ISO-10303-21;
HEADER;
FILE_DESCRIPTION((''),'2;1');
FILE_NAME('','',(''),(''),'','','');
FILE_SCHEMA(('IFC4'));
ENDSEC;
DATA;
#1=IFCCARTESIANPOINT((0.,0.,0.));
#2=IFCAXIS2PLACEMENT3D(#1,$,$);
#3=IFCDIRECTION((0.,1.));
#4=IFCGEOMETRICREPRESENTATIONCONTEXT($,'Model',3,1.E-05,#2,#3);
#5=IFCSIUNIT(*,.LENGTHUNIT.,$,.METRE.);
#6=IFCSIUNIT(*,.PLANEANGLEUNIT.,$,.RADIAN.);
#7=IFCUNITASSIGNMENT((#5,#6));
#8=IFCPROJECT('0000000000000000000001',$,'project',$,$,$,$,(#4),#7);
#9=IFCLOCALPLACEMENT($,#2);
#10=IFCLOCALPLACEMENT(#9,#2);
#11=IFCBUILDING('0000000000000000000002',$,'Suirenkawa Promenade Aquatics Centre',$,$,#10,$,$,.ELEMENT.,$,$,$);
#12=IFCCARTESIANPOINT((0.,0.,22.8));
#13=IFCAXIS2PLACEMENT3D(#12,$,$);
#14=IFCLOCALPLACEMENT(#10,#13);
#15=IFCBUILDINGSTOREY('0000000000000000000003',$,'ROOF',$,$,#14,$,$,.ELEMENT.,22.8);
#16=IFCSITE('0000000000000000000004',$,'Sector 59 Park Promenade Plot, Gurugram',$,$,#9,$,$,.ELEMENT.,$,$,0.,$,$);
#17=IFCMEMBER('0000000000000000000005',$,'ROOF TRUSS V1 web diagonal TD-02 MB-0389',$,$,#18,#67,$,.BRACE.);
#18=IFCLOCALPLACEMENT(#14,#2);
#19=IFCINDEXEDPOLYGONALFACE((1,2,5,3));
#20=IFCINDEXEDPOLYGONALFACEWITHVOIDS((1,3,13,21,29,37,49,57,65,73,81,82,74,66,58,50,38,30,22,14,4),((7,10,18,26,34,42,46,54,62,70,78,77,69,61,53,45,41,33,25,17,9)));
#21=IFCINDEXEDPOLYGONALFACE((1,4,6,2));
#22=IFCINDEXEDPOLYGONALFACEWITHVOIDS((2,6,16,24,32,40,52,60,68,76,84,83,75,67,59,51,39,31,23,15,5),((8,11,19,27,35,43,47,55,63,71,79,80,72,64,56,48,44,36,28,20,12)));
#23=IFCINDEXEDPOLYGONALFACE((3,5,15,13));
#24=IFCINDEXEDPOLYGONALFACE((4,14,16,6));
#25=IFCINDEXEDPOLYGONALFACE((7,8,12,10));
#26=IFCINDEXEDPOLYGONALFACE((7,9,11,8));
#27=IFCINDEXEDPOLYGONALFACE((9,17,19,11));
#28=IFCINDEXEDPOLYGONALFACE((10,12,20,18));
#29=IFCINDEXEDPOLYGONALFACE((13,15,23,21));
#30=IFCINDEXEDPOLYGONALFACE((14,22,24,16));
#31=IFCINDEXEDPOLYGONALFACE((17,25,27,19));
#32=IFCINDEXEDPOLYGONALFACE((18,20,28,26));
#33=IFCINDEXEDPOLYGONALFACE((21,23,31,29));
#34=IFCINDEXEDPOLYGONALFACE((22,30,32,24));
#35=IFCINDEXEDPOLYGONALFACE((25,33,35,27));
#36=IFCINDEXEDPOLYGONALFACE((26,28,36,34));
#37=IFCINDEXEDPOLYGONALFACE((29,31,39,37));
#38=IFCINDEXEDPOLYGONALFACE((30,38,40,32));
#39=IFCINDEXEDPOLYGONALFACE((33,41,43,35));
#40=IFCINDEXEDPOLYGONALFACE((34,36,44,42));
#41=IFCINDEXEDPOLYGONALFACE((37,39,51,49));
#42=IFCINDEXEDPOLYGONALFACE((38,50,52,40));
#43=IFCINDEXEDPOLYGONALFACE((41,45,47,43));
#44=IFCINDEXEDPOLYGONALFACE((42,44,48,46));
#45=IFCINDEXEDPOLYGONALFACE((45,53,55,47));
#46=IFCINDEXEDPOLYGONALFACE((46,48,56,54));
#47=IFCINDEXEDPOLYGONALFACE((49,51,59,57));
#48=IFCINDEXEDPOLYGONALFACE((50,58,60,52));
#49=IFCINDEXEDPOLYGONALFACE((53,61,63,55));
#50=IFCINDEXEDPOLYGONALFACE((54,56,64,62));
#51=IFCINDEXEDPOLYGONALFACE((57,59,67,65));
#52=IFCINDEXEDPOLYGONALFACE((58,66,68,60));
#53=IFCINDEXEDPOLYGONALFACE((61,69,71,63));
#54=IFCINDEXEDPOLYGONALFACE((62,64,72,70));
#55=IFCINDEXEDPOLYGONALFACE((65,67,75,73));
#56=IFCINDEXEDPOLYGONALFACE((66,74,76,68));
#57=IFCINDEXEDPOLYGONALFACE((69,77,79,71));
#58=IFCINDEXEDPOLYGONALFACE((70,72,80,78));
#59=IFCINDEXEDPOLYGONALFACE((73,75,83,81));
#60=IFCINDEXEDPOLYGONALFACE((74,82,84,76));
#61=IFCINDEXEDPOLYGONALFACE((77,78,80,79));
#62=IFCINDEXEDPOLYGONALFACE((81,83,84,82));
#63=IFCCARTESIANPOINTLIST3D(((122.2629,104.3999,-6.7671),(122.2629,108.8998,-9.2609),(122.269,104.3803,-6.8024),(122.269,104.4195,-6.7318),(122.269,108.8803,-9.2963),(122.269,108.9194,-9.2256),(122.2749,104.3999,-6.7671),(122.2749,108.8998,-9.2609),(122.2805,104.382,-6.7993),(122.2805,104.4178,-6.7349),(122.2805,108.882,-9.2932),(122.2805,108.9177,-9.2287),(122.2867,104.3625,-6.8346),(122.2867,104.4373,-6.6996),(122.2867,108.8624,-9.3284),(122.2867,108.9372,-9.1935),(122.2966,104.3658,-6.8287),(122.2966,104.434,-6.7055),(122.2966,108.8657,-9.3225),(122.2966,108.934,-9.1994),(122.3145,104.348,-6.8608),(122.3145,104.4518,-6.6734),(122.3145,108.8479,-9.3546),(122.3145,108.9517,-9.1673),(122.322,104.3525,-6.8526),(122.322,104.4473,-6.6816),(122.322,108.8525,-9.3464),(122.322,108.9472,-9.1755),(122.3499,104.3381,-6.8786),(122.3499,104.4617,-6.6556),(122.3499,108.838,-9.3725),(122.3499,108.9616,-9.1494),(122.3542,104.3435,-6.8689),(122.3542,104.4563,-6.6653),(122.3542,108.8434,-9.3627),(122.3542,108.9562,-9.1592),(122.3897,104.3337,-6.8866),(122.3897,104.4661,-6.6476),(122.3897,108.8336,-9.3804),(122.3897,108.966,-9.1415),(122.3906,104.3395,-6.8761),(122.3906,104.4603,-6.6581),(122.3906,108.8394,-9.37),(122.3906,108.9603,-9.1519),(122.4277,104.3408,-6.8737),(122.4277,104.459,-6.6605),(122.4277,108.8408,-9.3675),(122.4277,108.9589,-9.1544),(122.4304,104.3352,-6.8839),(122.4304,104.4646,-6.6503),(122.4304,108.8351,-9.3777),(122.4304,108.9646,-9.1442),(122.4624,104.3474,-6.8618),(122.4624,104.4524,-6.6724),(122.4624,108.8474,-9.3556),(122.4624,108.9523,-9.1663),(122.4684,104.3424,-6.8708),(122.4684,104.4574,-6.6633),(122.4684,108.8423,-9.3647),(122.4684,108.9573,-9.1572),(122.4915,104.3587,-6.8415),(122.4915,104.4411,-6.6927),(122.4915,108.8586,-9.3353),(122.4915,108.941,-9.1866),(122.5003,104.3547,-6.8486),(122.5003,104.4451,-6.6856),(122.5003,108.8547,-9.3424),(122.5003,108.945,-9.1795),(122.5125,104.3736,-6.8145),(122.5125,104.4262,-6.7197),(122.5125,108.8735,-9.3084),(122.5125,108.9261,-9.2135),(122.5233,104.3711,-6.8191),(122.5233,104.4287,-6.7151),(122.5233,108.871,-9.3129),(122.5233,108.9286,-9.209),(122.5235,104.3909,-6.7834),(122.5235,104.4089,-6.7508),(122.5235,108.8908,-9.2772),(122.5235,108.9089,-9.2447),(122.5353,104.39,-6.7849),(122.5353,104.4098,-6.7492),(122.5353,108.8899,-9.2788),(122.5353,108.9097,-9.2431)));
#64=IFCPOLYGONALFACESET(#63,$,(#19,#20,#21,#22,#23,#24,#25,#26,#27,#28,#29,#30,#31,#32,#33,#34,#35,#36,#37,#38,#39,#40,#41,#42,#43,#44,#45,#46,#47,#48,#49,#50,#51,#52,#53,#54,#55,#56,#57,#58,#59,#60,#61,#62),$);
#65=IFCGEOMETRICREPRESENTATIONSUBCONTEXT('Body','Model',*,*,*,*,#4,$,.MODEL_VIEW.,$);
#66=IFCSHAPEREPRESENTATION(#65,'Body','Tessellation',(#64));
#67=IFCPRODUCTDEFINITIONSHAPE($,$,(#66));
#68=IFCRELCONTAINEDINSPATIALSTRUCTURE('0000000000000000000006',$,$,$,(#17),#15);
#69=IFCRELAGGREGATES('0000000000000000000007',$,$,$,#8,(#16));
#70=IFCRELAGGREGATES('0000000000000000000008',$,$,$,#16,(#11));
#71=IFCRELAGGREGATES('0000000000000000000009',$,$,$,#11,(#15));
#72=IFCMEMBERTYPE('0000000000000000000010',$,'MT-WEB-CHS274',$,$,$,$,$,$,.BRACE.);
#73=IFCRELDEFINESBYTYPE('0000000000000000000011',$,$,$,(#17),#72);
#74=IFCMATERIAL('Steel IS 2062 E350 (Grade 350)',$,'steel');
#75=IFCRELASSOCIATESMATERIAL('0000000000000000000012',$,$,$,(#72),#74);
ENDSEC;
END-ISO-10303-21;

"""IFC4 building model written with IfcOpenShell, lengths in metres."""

from ifc_helpers import new_model, si_unit, direction, frame, origin, origin_2d, place, context, subcontext, project, spatial, hollow_circle, extrude, material, material_profile, profile_set, type_object, element, save


model = new_model("IFC4")

# Units and contexts
model_context = context("Model", 3, precision=1e-05, world=origin(), true_north=direction((0.0, 1.0)))
body_context = subcontext(model_context, "Body", "Model", "MODEL_VIEW")
ifc_project = project(units=[si_unit("LENGTHUNIT", "METRE"), si_unit("PLANEANGLEUNIT", "RADIAN")], contexts=[model_context])

# Site, building, storey
site_placement = place(None, origin())
site = spatial("IfcSite", under=ifc_project, at=site_placement, Name="Sector 59 Park Promenade Plot, Gurugram", CompositionType="ELEMENT", RefElevation=0.0)
building_placement = place(site_placement, origin())
building = spatial("IfcBuilding", under=site, at=building_placement, Name="Suirenkawa Promenade Aquatics Centre", CompositionType="ELEMENT")
storey_placement = place(building_placement, frame((0.0, 0.0, 22.8)))
storey = spatial("IfcBuildingStorey", under=building, at=storey_placement, Name="ROOF", CompositionType="ELEMENT", Elevation=22.8)

# Shared definitions
ifc_material = material(Name="Steel IS 2062 E350 (Grade 350)", Category="steel")

# Member
ifc_material_profile_1 = material_profile(ifc_material, hollow_circle(Radius=0.137, WallThickness=0.012, at=origin_2d()), Name="CHS 274x12", Category="steel")
ifc_profile_set_1 = profile_set([ifc_material_profile_1], Name="Steel IS 2062 E350 (Grade 350)")
member_type_1 = type_object("IfcMemberType", Name="MT-WEB-CHS274", PredefinedType="BRACE", material=ifc_profile_set_1)
member_1_placement = place(storey_placement, frame((122.3999, 104.3999, -6.7671), z_axis=(0.0, 0.87466, -0.484736), x_axis=(-1.0, 0.0, 0.0)))
element("IfcMember", 1, at=member_1_placement, inside=storey, type_object=member_type_1, Name="ROOF TRUSS V1 web diagonal TD-02 MB-0389", PredefinedType="BRACE", context=body_context, shape_type="SweptSolid", body=[
    extrude(hollow_circle(Radius=0.137, WallThickness=0.012, at=origin_2d()), origin(), (0.0, 0.0, 1.0), 5.1448),
])

save(model, "model.ifc")
